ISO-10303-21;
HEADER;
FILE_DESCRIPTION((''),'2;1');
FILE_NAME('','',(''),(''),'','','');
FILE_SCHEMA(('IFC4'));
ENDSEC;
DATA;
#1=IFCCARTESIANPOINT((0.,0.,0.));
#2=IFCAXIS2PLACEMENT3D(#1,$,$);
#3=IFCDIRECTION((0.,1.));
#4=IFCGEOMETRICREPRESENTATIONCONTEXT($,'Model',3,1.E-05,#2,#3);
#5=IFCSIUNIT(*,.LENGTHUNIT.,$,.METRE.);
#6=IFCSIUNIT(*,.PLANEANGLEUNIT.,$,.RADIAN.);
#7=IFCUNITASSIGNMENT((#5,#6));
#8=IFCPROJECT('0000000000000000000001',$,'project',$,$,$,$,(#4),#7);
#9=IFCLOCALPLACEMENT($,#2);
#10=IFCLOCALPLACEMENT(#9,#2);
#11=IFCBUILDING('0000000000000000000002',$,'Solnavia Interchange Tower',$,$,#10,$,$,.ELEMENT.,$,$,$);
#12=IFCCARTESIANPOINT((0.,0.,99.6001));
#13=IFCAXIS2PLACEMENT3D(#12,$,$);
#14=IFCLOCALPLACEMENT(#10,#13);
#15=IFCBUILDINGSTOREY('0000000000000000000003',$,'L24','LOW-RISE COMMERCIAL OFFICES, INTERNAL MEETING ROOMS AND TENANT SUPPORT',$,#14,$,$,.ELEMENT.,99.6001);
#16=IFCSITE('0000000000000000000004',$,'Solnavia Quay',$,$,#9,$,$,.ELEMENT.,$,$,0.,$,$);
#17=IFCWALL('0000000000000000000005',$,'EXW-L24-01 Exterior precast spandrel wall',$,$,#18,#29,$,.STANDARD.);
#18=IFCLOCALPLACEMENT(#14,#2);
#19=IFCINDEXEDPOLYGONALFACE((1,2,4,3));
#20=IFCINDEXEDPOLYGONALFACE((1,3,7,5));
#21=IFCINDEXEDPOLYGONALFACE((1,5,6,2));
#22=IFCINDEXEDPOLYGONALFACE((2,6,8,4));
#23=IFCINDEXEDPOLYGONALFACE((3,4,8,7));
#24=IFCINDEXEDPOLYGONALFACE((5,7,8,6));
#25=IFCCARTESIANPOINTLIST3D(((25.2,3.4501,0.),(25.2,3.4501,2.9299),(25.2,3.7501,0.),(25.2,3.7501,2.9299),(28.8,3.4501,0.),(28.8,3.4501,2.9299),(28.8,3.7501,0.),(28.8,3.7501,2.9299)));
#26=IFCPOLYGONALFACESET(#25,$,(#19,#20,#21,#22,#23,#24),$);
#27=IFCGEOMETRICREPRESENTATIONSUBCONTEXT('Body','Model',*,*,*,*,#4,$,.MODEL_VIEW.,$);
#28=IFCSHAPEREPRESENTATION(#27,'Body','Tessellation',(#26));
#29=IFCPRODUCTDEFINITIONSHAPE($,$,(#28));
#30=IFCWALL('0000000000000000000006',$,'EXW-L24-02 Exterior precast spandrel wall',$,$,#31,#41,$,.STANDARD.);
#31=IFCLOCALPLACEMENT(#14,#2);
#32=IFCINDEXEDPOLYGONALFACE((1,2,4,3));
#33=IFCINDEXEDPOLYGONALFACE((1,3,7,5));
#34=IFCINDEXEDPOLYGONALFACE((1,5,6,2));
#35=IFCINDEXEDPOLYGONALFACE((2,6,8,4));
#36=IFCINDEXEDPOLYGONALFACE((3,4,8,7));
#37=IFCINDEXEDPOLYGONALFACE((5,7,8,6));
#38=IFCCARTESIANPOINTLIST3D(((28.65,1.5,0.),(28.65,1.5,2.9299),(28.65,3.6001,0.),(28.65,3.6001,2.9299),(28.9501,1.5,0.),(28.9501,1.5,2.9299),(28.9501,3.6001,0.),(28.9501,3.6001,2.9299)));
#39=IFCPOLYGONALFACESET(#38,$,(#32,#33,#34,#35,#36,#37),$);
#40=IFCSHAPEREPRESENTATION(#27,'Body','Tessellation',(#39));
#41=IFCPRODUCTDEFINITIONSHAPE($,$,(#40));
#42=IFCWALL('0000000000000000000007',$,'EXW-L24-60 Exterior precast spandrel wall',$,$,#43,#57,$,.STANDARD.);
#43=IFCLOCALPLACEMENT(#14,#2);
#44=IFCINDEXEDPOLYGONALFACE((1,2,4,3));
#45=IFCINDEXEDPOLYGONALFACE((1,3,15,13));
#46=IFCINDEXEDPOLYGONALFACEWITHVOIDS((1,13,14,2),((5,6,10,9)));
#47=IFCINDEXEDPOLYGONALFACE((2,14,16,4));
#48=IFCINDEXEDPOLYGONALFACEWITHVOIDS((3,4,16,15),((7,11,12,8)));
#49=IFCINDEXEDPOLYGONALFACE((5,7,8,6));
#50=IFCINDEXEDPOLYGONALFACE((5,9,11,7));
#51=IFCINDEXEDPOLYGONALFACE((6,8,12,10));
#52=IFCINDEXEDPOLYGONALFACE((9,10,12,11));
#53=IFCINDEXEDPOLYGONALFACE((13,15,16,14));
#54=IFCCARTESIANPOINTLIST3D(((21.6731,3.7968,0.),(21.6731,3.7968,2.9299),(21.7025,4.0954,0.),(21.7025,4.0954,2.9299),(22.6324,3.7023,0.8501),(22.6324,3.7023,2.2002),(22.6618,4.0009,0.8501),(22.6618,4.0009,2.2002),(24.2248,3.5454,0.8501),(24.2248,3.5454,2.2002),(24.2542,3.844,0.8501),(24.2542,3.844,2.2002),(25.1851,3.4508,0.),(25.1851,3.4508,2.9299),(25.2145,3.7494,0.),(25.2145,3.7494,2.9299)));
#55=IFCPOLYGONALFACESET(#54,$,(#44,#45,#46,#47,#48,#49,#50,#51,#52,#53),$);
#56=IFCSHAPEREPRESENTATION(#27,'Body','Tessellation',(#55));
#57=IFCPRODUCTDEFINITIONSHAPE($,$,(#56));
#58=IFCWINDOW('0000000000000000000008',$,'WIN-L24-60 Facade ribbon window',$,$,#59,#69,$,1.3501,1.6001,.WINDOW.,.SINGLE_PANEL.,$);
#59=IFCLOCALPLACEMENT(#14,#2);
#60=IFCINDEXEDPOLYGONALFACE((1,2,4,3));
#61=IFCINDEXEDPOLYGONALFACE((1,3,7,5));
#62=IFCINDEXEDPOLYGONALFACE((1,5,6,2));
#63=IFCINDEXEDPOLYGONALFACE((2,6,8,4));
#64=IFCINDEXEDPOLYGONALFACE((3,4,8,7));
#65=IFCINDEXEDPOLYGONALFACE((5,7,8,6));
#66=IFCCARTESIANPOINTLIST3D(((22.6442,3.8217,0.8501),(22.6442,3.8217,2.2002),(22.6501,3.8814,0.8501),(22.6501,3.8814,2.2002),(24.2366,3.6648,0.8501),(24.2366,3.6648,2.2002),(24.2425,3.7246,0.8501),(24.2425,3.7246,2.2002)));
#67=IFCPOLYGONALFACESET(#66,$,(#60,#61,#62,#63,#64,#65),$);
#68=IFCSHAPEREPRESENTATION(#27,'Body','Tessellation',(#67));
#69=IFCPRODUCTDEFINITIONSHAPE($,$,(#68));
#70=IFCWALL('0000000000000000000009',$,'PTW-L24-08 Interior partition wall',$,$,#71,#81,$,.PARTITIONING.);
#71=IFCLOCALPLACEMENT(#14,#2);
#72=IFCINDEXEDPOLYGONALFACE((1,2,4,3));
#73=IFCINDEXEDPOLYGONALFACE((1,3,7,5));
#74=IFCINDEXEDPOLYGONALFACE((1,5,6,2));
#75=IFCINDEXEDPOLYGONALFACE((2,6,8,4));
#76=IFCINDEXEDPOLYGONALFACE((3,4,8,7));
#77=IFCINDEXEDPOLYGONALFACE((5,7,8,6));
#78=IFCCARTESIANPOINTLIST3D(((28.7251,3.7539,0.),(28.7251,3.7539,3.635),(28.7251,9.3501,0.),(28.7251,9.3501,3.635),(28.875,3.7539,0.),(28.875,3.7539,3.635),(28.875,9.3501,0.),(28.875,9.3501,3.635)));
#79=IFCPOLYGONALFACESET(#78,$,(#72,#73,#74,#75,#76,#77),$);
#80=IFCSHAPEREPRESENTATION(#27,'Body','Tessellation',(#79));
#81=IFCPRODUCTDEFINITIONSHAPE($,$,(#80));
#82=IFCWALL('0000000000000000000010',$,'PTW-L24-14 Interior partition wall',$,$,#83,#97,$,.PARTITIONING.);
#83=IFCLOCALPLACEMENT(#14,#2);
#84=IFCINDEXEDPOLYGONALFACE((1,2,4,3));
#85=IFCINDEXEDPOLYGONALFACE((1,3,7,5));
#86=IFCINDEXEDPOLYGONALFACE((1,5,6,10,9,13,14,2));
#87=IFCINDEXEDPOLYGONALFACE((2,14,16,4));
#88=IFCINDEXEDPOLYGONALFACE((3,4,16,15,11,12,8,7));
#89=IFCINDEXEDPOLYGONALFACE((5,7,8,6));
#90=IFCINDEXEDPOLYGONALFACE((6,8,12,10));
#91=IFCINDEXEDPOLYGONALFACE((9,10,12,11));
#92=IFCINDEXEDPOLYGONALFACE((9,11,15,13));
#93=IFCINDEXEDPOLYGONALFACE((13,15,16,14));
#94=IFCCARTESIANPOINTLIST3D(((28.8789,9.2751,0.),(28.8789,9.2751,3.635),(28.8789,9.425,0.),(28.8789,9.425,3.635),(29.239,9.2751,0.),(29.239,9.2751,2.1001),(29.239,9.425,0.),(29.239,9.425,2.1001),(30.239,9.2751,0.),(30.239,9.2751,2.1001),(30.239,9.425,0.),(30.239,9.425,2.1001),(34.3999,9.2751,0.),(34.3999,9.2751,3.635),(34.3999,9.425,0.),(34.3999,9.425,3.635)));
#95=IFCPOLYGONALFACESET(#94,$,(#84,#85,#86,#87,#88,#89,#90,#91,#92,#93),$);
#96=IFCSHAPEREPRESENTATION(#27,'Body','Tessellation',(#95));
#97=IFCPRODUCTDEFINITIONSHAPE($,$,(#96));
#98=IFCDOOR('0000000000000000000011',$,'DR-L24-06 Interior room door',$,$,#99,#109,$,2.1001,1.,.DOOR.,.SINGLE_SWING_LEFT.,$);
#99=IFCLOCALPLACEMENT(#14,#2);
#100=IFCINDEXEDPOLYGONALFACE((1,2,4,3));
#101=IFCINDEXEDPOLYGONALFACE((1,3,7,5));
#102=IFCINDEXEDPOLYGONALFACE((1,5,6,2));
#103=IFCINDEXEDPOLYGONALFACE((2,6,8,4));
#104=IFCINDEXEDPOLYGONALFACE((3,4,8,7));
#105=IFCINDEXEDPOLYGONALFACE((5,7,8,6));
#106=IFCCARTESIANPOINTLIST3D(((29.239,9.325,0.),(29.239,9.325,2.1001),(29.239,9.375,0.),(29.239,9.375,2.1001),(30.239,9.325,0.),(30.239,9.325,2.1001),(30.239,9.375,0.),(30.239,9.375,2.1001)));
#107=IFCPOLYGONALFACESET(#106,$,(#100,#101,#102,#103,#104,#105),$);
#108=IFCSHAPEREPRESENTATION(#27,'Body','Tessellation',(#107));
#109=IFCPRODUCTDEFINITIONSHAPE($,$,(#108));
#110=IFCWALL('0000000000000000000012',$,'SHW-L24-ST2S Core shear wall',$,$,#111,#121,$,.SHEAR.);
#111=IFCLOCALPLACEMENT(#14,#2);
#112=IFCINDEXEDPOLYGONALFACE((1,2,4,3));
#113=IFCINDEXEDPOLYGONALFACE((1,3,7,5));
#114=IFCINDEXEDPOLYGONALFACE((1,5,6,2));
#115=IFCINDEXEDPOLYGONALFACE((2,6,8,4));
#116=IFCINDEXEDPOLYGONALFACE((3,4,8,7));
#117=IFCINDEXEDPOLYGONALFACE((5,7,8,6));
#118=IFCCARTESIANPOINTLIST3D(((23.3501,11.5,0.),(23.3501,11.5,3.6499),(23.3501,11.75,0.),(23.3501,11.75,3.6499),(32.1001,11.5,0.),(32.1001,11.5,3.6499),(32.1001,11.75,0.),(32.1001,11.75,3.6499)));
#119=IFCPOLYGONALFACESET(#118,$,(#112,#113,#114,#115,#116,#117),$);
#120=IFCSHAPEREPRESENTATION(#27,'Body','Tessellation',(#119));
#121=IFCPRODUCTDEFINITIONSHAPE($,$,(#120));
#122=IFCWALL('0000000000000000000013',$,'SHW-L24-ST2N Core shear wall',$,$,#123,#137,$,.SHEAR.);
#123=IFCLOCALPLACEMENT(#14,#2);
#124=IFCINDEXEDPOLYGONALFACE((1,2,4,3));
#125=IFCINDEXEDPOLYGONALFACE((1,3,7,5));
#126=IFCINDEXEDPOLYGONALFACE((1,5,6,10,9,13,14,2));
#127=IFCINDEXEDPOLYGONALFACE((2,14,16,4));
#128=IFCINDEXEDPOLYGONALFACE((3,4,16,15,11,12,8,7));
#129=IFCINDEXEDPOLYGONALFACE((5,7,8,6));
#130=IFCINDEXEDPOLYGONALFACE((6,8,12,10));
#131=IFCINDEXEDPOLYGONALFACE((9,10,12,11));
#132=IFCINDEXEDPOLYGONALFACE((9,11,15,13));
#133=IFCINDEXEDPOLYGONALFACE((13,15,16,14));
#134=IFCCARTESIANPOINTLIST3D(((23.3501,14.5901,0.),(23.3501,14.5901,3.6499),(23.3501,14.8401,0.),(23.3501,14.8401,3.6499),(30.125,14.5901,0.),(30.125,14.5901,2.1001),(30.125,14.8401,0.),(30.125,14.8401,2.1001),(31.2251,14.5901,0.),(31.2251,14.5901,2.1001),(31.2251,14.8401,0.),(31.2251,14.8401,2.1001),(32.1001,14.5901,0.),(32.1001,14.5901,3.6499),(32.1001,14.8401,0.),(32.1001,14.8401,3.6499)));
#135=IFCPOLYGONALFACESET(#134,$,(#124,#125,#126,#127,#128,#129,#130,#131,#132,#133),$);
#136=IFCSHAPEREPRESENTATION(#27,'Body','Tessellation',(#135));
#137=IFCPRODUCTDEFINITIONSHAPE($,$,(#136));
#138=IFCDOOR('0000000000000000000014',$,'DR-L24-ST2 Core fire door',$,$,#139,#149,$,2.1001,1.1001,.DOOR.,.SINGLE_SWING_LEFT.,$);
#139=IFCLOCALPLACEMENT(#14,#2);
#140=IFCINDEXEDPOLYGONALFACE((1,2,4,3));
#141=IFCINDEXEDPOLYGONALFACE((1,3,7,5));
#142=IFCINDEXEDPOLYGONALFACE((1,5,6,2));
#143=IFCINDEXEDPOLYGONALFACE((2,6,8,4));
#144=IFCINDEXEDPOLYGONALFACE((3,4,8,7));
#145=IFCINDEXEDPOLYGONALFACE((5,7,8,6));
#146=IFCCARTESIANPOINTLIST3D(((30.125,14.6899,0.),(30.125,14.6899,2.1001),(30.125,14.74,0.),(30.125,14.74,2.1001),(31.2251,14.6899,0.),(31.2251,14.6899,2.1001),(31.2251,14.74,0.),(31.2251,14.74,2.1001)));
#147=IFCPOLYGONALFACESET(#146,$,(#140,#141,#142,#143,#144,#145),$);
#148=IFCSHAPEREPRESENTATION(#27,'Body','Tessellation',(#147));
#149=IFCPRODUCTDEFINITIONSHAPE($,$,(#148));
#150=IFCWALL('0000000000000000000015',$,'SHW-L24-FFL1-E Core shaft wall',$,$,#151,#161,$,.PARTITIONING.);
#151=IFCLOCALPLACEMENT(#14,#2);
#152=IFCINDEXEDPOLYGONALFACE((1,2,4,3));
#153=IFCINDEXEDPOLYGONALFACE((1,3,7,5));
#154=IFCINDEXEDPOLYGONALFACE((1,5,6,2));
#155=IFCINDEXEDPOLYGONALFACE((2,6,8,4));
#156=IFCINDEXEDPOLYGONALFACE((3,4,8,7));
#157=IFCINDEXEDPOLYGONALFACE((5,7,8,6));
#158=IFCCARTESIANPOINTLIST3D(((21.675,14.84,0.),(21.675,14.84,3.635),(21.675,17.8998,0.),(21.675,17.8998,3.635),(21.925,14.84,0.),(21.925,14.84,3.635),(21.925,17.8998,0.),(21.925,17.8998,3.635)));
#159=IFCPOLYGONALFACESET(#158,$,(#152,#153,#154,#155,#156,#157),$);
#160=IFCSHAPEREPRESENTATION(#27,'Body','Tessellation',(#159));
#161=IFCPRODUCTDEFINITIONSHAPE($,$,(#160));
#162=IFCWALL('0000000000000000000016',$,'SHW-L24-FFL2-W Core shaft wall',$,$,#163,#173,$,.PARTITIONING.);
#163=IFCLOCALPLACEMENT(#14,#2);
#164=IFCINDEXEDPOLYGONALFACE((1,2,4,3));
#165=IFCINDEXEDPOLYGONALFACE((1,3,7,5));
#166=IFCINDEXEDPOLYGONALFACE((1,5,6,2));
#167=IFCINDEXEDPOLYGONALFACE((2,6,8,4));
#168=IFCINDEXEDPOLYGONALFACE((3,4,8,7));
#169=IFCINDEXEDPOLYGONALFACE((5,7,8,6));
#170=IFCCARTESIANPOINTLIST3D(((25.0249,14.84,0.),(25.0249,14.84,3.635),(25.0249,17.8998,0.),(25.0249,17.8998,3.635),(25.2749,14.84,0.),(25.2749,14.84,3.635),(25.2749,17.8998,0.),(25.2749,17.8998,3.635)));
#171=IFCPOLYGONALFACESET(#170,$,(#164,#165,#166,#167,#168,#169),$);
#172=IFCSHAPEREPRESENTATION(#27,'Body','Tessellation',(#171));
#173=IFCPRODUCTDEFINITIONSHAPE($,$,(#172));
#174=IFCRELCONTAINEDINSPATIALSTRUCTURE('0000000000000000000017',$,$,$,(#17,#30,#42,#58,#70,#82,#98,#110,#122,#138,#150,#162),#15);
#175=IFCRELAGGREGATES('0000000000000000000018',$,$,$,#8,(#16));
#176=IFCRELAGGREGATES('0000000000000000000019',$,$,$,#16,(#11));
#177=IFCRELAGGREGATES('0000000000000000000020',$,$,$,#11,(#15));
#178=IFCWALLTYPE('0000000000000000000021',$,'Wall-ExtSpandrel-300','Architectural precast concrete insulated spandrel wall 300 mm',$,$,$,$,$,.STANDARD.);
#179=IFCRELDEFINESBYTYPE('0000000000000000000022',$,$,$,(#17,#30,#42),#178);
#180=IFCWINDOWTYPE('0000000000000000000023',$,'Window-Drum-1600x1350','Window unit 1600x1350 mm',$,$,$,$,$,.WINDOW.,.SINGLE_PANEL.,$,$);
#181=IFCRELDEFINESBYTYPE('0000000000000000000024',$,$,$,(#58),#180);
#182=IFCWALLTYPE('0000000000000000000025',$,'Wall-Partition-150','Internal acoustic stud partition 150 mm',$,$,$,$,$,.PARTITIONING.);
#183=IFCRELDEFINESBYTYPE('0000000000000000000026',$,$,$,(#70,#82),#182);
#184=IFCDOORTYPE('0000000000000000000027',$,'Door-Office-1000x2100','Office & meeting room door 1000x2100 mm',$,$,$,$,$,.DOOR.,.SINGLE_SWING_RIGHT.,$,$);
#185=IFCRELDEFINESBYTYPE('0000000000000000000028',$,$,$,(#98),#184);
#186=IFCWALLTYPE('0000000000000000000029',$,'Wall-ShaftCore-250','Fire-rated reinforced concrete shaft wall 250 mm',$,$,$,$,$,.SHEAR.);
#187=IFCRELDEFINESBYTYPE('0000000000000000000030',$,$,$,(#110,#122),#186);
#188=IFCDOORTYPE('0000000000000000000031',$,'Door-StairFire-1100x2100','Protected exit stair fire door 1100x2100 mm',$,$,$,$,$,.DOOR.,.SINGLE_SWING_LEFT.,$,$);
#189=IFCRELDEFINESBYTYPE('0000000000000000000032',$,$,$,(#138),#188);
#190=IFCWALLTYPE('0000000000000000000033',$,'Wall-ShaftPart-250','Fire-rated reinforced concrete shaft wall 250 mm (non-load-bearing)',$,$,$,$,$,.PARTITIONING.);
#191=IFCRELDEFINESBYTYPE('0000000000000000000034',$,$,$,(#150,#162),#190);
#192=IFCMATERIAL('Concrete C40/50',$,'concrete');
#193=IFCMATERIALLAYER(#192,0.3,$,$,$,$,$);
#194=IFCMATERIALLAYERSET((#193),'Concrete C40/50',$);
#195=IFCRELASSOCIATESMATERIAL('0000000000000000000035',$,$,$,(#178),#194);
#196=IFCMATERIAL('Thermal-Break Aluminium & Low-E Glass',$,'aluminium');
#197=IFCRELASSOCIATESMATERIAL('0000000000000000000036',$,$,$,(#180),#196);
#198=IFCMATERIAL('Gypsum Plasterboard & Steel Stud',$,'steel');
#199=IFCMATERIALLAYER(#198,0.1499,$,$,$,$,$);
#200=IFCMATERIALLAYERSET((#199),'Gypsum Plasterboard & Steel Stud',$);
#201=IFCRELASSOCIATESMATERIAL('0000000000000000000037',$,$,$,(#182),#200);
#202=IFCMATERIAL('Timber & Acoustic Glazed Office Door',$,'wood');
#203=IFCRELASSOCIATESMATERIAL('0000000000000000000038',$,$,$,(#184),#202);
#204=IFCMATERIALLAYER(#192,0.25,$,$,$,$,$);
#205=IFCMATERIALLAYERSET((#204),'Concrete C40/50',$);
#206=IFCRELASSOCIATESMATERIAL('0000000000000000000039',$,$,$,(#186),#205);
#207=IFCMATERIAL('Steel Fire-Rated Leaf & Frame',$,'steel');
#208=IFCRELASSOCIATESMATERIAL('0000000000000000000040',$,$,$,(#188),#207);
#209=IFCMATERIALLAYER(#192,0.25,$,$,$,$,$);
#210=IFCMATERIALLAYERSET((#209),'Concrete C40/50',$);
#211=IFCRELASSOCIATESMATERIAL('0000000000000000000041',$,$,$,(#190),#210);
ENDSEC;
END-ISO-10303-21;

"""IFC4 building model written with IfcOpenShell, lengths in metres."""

from ifc_helpers import new_model, si_unit, direction, frame, frame_2d, origin, place, context, subcontext, project, spatial, rectangle, extrude, material, layer, layer_set, type_object, element, fill, save


model = new_model("IFC4")

# Units and contexts
model_context = context("Model", 3, precision=1e-05, world=origin(), true_north=direction((0.0, 1.0)))
body_context = subcontext(model_context, "Body", "Model", "MODEL_VIEW")
ifc_project = project(units=[si_unit("LENGTHUNIT", "METRE"), si_unit("PLANEANGLEUNIT", "RADIAN")], contexts=[model_context])

# Site, building, storey
site_placement = place(None, origin())
site = spatial("IfcSite", under=ifc_project, at=site_placement, Name="Solnavia Quay", CompositionType="ELEMENT", RefElevation=0.0)
building_placement = place(site_placement, origin())
building = spatial("IfcBuilding", under=site, at=building_placement, Name="Solnavia Interchange Tower", CompositionType="ELEMENT")
storey_placement = place(building_placement, frame((0.0, 0.0, 99.6001)))
storey = spatial("IfcBuildingStorey", under=building, at=storey_placement, Name="L24", Description="LOW-RISE COMMERCIAL OFFICES, INTERNAL MEETING ROOMS AND TENANT SUPPORT", CompositionType="ELEMENT", Elevation=99.6001)

# Walls
ifc_material_1 = material(Name="Concrete C40/50", Category="concrete")
ifc_layer_1 = layer(ifc_material_1, 0.3)
ifc_layer_set_1 = layer_set([ifc_layer_1], Name="Concrete C40/50")
wall_type_1 = type_object("IfcWallType", Name="Wall-ExtSpandrel-300", Description="Architectural precast concrete insulated spandrel wall 300 mm", PredefinedType="STANDARD", material=ifc_layer_set_1)
wall_1_placement = place(storey_placement, frame((28.8, 3.6001, 0.0), z_axis=(0.0, 0.0, 1.0), x_axis=(-1.0, 0.0, 0.0)))
element("IfcWall", 1, at=wall_1_placement, inside=storey, type_object=wall_type_1, Name="EXW-L24-01 Exterior precast spandrel wall", PredefinedType="STANDARD", context=body_context, shape_type="SweptSolid", body=[
    extrude(rectangle(XDim=3.6001, YDim=0.3, at=frame_2d((1.8, 0.0))), origin(), (0.0, 0.0, 1.0), 2.9299),
])
wall_2_placement = place(storey_placement, frame((28.8, 3.6001, 0.0), z_axis=(0.0, 0.0, 1.0), x_axis=(0.0, -1.0, 0.0)))
element("IfcWall", 2, at=wall_2_placement, inside=storey, type_object=wall_type_1, Name="EXW-L24-02 Exterior precast spandrel wall", PredefinedType="STANDARD", context=body_context, shape_type="SweptSolid", body=[
    extrude(rectangle(XDim=2.1001, YDim=0.3, at=frame_2d((1.05, 0.0))), origin(), (0.0, 0.0, 1.0), 2.9299),
])

# Wall, opening, window
wall_3_placement = place(storey_placement, frame((25.2, 3.6001, 0.0), z_axis=(0.0, 0.0, 1.0), x_axis=(-0.995183, 0.098031, 0.0)))
wall_3 = element("IfcWall", 3, at=wall_3_placement, inside=storey, type_object=wall_type_1, Name="EXW-L24-60 Exterior precast spandrel wall", PredefinedType="STANDARD", context=body_context, shape_type="SweptSolid", body=[
    extrude(rectangle(XDim=3.5291, YDim=0.3, at=frame_2d((1.7646, 0.0))), origin(), (0.0, 0.0, 1.0), 2.9299),
])
opening_1_placement = place(wall_3_placement, frame((0.9651, 0.0, 0.8501)))
opening_1 = element("IfcOpeningElement", 4, at=opening_1_placement, cuts=wall_3, PredefinedType="OPENING", context=body_context, shape_type="SweptSolid", body=[
    extrude(rectangle(XDim=1.6001, YDim=1.3501, at=frame_2d((0.8, 0.675))), frame((0.0, 0.1602, 0.0), z_axis=(0.0, -1.0, 0.0), x_axis=(1.0, 0.0, 0.0)), (0.0, 0.0, 1.0), 0.3201),
])
ifc_material_2 = material(Name="Thermal-Break Aluminium & Low-E Glass", Category="aluminium")
window_type = type_object("IfcWindowType", Name="Window-Drum-1600x1350", Description="Window unit 1600x1350 mm", PartitioningType="SINGLE_PANEL", PredefinedType="WINDOW", material=ifc_material_2)
window_placement = place(opening_1_placement, origin())
window = element("IfcWindow", 5, at=window_placement, inside=storey, type_object=window_type, Name="WIN-L24-60 Facade ribbon window", OverallHeight=1.3501, OverallWidth=1.6001, PartitioningType="SINGLE_PANEL", PredefinedType="WINDOW", context=body_context, shape_type="SweptSolid", body=[
    extrude(rectangle(XDim=1.6001, YDim=1.3501, at=frame_2d((0.8, 0.675))), frame((0.0, 0.03, 0.0), z_axis=(0.0, -1.0, 0.0), x_axis=(1.0, 0.0, 0.0)), (0.0, 0.0, 1.0), 0.0601),
])
fill(opening_1, window)

# Wall
ifc_material_3 = material(Name="Gypsum Plasterboard & Steel Stud", Category="steel")
ifc_layer_2 = layer(ifc_material_3, 0.1499)
ifc_layer_set_2 = layer_set([ifc_layer_2], Name="Gypsum Plasterboard & Steel Stud")
wall_type_2 = type_object("IfcWallType", Name="Wall-Partition-150", Description="Internal acoustic stud partition 150 mm", PredefinedType="PARTITIONING", material=ifc_layer_set_2)
wall_4_placement = place(storey_placement, frame((28.8, 9.3501, 0.0), z_axis=(0.0, 0.0, 1.0), x_axis=(0.0, -1.0, 0.0)))
element("IfcWall", 6, at=wall_4_placement, inside=storey, type_object=wall_type_2, Name="PTW-L24-08 Interior partition wall", PredefinedType="PARTITIONING", context=body_context, shape_type="SweptSolid", body=[
    extrude(rectangle(XDim=5.5962, YDim=0.1499, at=frame_2d((2.7981, 0.0))), origin(), (0.0, 0.0, 1.0), 3.635),
])

# Wall, opening, door
wall_5_placement = place(storey_placement, frame((28.8789, 9.3501, 0.0), z_axis=(0.0, 0.0, 1.0), x_axis=(1.0, 0.0, 0.0)))
wall_5 = element("IfcWall", 7, at=wall_5_placement, inside=storey, type_object=wall_type_2, Name="PTW-L24-14 Interior partition wall", PredefinedType="PARTITIONING", context=body_context, shape_type="SweptSolid", body=[
    extrude(rectangle(XDim=5.521, YDim=0.1499, at=frame_2d((2.7605, 0.0))), origin(), (0.0, 0.0, 1.0), 3.635),
])
opening_2_placement = place(wall_5_placement, frame((0.3601, 0.0, 0.0)))
opening_2 = element("IfcOpeningElement", 8, at=opening_2_placement, cuts=wall_5, PredefinedType="OPENING", context=body_context, shape_type="SweptSolid", body=[
    extrude(rectangle(XDim=1.0, YDim=2.1001, at=frame_2d((0.5, 1.05))), frame((0.0, 0.085, 0.0), z_axis=(0.0, -1.0, 0.0), x_axis=(1.0, 0.0, 0.0)), (0.0, 0.0, 1.0), 0.1699),
])
ifc_material_4 = material(Name="Timber & Acoustic Glazed Office Door", Category="wood")
door_type_1 = type_object("IfcDoorType", Name="Door-Office-1000x2100", Description="Office & meeting room door 1000x2100 mm", OperationType="SINGLE_SWING_RIGHT", PredefinedType="DOOR", material=ifc_material_4)
door_1_placement = place(opening_2_placement, origin())
door_1 = element("IfcDoor", 9, at=door_1_placement, inside=storey, type_object=door_type_1, Name="DR-L24-06 Interior room door", OperationType="SINGLE_SWING_LEFT", OverallHeight=2.1001, OverallWidth=1.0, PredefinedType="DOOR", context=body_context, shape_type="SweptSolid", body=[
    extrude(rectangle(XDim=1.0, YDim=2.1001, at=frame_2d((0.5, 1.05))), frame((0.0, 0.0249, 0.0), z_axis=(0.0, -1.0, 0.0), x_axis=(1.0, 0.0, 0.0)), (0.0, 0.0, 1.0), 0.05),
])
fill(opening_2, door_1)

# Wall
ifc_layer_3 = layer(ifc_material_1, 0.25)
ifc_layer_set_3 = layer_set([ifc_layer_3], Name="Concrete C40/50")
wall_type_3 = type_object("IfcWallType", Name="Wall-ShaftCore-250", Description="Fire-rated reinforced concrete shaft wall 250 mm", PredefinedType="SHEAR", material=ifc_layer_set_3)
wall_6_placement = place(storey_placement, frame((23.3501, 11.625, 0.0), z_axis=(0.0, 0.0, 1.0), x_axis=(1.0, 0.0, 0.0)))
element("IfcWall", 10, at=wall_6_placement, inside=storey, type_object=wall_type_3, Name="SHW-L24-ST2S Core shear wall", PredefinedType="SHEAR", context=body_context, shape_type="SweptSolid", body=[
    extrude(rectangle(XDim=8.75, YDim=0.25, at=frame_2d((4.375, 0.0))), origin(), (0.0, 0.0, 1.0), 3.6499),
])

# Wall, opening, door
wall_7_placement = place(storey_placement, frame((23.3501, 14.7151, 0.0), z_axis=(0.0, 0.0, 1.0), x_axis=(1.0, 0.0, 0.0)))
wall_7 = element("IfcWall", 11, at=wall_7_placement, inside=storey, type_object=wall_type_3, Name="SHW-L24-ST2N Core shear wall", PredefinedType="SHEAR", context=body_context, shape_type="SweptSolid", body=[
    extrude(rectangle(XDim=8.75, YDim=0.25, at=frame_2d((4.375, 0.0))), origin(), (0.0, 0.0, 1.0), 3.6499),
])
opening_3_placement = place(wall_7_placement, frame((6.7749, 0.0, 0.0)))
opening_3 = element("IfcOpeningElement", 12, at=opening_3_placement, cuts=wall_7, PredefinedType="OPENING", context=body_context, shape_type="SweptSolid", body=[
    extrude(rectangle(XDim=1.1001, YDim=2.1001, at=frame_2d((0.55, 1.05))), frame((0.0, 0.135, 0.0), z_axis=(0.0, -1.0, 0.0), x_axis=(1.0, 0.0, 0.0)), (0.0, 0.0, 1.0), 0.27),
])
ifc_material_5 = material(Name="Steel Fire-Rated Leaf & Frame", Category="steel")
door_type_2 = type_object("IfcDoorType", Name="Door-StairFire-1100x2100", Description="Protected exit stair fire door 1100x2100 mm", OperationType="SINGLE_SWING_LEFT", PredefinedType="DOOR", material=ifc_material_5)
door_2_placement = place(opening_3_placement, origin())
door_2 = element("IfcDoor", 13, at=door_2_placement, inside=storey, type_object=door_type_2, Name="DR-L24-ST2 Core fire door", OperationType="SINGLE_SWING_LEFT", OverallHeight=2.1001, OverallWidth=1.1001, PredefinedType="DOOR", context=body_context, shape_type="SweptSolid", body=[
    extrude(rectangle(XDim=1.1001, YDim=2.1001, at=frame_2d((0.55, 1.05))), frame((0.0, 0.0249, 0.0), z_axis=(0.0, -1.0, 0.0), x_axis=(1.0, 0.0, 0.0)), (0.0, 0.0, 1.0), 0.05),
])
fill(opening_3, door_2)

# Walls
ifc_layer_4 = layer(ifc_material_1, 0.25)
ifc_layer_set_4 = layer_set([ifc_layer_4], Name="Concrete C40/50")
wall_type_4 = type_object("IfcWallType", Name="Wall-ShaftPart-250", Description="Fire-rated reinforced concrete shaft wall 250 mm (non-load-bearing)", PredefinedType="PARTITIONING", material=ifc_layer_set_4)
for number, where, z_axis, x_axis, name in (
    (14, (21.8, 14.8401, 0.0), (0.0, 0.0, 1.0), (0.0, 1.0, 0.0), "SHW-L24-FFL1-E Core shaft wall"),
    (15, (25.1499, 14.8401, 0.0), (0.0, 0.0, 1.0), (0.0, 1.0, 0.0), "SHW-L24-FFL2-W Core shaft wall"),
):
    element("IfcWall", number, at=place(storey_placement, frame(where, z_axis=z_axis, x_axis=x_axis)), inside=storey, type_object=wall_type_4, Name=name, PredefinedType="PARTITIONING", context=body_context, shape_type="SweptSolid", body=[
        extrude(rectangle(XDim=3.0598, YDim=0.25, at=frame_2d((1.5298, 0.0))), origin(), (0.0, 0.0, 1.0), 3.635),
    ])

save(model, "model.ifc")
